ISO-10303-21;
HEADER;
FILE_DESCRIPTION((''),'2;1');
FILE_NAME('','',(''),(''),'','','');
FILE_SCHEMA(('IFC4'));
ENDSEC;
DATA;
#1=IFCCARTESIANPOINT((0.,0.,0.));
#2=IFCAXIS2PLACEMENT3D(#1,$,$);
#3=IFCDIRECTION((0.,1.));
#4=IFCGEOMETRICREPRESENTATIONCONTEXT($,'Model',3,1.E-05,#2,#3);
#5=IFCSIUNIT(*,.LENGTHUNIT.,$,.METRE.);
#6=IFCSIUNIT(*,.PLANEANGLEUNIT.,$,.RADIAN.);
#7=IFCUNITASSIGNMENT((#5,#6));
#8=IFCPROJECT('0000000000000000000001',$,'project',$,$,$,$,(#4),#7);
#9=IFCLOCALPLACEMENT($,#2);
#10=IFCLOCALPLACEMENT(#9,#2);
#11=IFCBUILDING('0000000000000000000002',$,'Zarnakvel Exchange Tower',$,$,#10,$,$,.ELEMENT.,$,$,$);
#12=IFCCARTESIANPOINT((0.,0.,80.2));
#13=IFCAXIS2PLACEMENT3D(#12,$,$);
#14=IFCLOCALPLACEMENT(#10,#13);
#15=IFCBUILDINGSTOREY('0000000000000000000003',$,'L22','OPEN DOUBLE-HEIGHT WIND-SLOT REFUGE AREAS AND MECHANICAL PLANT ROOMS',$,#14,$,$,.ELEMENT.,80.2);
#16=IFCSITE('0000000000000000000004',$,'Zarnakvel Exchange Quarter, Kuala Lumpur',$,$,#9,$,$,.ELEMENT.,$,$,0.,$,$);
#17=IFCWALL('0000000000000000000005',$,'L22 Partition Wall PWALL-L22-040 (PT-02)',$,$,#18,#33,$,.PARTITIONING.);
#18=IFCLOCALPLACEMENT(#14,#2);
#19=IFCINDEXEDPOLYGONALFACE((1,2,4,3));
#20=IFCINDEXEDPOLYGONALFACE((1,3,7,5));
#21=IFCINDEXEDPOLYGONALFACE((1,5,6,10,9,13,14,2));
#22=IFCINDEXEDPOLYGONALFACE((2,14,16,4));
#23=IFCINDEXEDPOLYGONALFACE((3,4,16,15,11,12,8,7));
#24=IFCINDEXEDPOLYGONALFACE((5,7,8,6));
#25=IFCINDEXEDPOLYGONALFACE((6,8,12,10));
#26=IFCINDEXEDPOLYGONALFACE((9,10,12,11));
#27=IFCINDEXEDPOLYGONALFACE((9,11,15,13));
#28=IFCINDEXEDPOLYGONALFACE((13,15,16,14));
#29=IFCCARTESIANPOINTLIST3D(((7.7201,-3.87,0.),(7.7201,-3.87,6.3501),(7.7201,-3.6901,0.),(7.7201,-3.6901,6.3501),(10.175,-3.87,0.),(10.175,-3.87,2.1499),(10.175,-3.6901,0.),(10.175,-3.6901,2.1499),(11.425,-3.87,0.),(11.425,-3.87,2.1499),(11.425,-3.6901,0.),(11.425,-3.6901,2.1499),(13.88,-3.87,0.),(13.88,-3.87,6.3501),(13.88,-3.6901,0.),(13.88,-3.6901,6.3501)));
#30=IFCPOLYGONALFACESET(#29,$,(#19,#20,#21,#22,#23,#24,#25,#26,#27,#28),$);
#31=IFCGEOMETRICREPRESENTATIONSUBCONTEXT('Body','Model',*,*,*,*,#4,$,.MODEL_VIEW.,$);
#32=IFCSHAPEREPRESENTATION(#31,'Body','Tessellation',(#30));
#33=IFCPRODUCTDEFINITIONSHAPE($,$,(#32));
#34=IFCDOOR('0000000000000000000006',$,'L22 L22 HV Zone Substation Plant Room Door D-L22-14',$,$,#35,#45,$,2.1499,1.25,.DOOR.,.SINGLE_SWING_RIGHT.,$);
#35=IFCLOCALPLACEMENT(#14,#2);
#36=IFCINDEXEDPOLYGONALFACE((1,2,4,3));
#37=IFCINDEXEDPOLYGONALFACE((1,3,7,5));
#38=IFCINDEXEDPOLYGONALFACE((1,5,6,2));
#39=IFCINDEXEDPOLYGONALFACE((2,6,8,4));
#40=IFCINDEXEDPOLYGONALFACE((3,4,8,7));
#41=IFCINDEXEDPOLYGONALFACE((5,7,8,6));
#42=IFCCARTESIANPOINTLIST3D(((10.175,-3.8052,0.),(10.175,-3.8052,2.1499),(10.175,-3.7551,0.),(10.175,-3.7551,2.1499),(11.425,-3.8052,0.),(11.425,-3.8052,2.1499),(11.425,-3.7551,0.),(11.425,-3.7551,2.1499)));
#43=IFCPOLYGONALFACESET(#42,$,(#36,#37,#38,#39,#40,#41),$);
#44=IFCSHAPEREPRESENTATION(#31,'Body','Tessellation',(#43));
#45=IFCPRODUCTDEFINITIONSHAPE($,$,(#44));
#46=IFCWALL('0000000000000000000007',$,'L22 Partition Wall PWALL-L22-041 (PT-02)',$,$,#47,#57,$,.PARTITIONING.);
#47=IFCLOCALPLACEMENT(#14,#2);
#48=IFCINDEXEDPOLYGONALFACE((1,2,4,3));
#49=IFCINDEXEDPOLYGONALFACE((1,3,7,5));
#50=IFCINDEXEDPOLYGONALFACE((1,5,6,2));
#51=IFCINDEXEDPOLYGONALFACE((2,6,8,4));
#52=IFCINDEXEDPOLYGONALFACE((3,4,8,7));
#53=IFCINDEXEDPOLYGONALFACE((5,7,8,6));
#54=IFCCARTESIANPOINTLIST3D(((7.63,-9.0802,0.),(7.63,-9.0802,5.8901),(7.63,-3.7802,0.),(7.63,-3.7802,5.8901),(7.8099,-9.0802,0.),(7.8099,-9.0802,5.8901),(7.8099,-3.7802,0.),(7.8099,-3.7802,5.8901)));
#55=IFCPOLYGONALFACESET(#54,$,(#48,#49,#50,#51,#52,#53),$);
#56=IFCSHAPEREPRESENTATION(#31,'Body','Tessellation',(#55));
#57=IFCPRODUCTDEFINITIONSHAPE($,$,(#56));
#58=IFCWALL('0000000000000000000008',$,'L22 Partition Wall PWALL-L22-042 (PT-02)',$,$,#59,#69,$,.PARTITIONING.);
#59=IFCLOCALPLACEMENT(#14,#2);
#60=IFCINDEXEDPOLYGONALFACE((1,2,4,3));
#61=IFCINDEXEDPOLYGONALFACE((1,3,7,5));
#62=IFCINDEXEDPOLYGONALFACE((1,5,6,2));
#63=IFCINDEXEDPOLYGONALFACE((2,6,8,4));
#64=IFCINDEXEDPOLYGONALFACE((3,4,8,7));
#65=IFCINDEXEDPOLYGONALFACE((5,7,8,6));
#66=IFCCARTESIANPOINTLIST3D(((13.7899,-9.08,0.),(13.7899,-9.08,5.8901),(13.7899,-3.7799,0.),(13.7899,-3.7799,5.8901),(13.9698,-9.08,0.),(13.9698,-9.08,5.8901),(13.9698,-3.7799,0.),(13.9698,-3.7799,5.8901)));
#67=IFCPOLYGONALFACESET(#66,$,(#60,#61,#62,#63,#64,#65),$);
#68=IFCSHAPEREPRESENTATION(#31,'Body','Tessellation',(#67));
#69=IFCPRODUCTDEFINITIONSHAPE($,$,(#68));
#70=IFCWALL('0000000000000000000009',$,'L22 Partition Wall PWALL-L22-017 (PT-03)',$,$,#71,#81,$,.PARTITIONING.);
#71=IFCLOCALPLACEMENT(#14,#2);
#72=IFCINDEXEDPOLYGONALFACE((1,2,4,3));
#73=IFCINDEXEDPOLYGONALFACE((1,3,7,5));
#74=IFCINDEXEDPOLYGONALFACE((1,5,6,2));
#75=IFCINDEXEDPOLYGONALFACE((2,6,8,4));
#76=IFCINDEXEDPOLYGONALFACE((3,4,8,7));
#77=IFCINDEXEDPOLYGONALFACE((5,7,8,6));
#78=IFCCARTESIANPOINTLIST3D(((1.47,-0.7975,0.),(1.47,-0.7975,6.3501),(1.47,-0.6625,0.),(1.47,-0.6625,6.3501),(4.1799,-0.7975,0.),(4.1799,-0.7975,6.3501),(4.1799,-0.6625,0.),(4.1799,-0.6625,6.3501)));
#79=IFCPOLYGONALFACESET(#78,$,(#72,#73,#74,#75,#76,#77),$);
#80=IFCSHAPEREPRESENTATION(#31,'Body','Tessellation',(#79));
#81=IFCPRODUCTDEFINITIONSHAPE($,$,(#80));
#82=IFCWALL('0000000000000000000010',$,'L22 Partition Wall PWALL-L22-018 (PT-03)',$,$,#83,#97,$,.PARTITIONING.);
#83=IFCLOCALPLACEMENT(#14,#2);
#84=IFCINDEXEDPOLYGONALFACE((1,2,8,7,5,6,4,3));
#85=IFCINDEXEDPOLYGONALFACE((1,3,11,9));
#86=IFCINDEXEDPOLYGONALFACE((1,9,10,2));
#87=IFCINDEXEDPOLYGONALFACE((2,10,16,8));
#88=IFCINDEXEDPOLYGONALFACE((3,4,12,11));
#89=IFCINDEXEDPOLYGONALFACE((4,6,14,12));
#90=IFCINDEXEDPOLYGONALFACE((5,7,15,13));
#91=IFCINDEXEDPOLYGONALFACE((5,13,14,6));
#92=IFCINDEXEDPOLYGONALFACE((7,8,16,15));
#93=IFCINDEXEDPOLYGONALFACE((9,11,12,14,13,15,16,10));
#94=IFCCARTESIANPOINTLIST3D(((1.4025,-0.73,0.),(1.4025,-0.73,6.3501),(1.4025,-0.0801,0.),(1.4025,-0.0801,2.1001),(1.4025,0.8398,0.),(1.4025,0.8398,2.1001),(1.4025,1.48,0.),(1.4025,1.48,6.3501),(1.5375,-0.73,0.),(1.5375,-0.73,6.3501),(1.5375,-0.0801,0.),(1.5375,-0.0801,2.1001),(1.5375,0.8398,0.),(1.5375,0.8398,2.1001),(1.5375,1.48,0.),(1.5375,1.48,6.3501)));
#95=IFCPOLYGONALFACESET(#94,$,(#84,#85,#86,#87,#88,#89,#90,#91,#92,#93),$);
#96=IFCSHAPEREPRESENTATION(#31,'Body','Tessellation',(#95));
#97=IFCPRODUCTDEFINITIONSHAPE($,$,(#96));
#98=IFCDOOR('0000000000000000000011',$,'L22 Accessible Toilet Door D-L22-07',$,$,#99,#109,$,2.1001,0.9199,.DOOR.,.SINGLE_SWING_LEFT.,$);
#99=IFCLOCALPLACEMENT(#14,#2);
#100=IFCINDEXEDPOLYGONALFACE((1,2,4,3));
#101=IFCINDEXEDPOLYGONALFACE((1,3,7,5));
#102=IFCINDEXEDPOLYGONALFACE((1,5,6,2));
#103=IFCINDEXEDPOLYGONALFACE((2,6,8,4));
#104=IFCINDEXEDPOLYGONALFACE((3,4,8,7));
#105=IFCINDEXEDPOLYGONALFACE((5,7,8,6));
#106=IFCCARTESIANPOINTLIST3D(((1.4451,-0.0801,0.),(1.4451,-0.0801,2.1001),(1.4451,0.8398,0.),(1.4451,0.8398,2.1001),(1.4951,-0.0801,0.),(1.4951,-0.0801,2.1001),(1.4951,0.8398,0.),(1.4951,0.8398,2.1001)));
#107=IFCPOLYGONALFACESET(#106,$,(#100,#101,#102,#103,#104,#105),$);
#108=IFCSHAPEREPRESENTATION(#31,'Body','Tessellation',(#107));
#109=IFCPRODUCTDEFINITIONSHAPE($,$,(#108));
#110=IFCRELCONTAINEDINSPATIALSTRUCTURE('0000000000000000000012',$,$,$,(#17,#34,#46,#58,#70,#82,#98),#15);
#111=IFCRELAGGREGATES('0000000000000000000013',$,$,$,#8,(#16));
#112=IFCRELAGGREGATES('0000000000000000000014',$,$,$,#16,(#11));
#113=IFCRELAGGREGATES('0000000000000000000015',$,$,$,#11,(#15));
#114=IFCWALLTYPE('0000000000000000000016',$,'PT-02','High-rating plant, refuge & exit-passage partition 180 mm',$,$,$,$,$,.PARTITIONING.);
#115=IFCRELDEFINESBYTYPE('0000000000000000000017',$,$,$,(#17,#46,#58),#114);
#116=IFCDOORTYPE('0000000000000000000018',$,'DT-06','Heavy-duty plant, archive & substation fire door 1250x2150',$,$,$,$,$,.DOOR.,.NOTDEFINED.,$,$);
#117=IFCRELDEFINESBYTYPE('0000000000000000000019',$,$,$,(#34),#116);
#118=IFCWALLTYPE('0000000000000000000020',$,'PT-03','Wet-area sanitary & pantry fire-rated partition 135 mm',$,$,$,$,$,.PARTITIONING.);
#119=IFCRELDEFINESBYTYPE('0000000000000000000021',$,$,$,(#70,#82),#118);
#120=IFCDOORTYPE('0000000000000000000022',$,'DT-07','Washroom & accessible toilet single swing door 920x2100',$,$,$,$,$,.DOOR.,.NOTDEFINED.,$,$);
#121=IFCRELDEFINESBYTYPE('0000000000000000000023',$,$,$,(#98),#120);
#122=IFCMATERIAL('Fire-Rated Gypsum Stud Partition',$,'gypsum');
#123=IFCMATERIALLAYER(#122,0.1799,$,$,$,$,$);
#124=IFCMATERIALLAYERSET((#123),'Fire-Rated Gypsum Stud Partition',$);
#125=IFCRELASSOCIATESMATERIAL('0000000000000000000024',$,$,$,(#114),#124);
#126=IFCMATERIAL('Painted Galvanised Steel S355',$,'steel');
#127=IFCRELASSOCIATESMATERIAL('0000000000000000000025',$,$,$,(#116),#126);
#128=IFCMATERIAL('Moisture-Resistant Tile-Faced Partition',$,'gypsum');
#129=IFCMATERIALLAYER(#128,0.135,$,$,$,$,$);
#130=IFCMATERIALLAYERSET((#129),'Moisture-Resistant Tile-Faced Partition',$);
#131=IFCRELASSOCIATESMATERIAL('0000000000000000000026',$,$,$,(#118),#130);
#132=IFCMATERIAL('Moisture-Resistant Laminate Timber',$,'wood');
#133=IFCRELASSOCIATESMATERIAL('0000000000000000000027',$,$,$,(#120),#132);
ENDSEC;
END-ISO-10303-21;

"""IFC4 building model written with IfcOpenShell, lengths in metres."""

from ifc_helpers import new_model, si_unit, direction, frame, frame_2d, origin, place, context, subcontext, project, spatial, rectangle, extrude, source, transform, mapped, material, layer, layer_set, type_object, element, fill, save


model = new_model("IFC4")

# Units and contexts
model_context = context("Model", 3, precision=1e-05, world=origin(), true_north=direction((0.0, 1.0)))
body_context = subcontext(model_context, "Body", "Model", "MODEL_VIEW")
ifc_project = project(units=[si_unit("LENGTHUNIT", "METRE"), si_unit("PLANEANGLEUNIT", "RADIAN")], contexts=[model_context])

# Site, building, storey
site_placement = place(None, origin())
site = spatial("IfcSite", under=ifc_project, at=site_placement, Name="Zarnakvel Exchange Quarter, Kuala Lumpur", CompositionType="ELEMENT", RefElevation=0.0)
building_placement = place(site_placement, origin())
building = spatial("IfcBuilding", under=site, at=building_placement, Name="Zarnakvel Exchange Tower", CompositionType="ELEMENT")
storey_placement = place(building_placement, frame((0.0, 0.0, 80.2)))
storey = spatial("IfcBuildingStorey", under=building, at=storey_placement, Name="L22", Description="OPEN DOUBLE-HEIGHT WIND-SLOT REFUGE AREAS AND MECHANICAL PLANT ROOMS", CompositionType="ELEMENT", Elevation=80.2)

# Shared definitions
ifc_material_1 = material(Name="Painted Galvanised Steel S355", Category="steel")

# Shared definitions
ifc_material_2 = material(Name="Fire-Rated Gypsum Stud Partition", Category="gypsum")

# Shared definitions
ifc_layer_1 = layer(ifc_material_2, 0.1799)
ifc_layer_set_1 = layer_set([ifc_layer_1], Name="Fire-Rated Gypsum Stud Partition")
wall_type_1 = type_object("IfcWallType", Name="PT-02", Description="High-rating plant, refuge & exit-passage partition 180 mm", PredefinedType="PARTITIONING", material=ifc_layer_set_1)

# Shared definitions
door_type_1 = type_object("IfcDoorType", Name="DT-06", Description="Heavy-duty plant, archive & substation fire door 1250x2150", OperationType="NOTDEFINED", PredefinedType="DOOR", material=ifc_material_1)
shared_shape_1 = source(origin(), body_context, "Body", "SweptSolid", [
    extrude(rectangle(XDim=1.25, YDim=2.1499, at=frame_2d((0.625, 1.075))), frame((0.0, 0.0249, 0.0), z_axis=(0.0, -1.0, 0.0), x_axis=(1.0, 0.0, 0.0)), (0.0, 0.0, 1.0), 0.05),
])

# Wall, opening, door
wall_1_placement = place(storey_placement, frame((7.72, -3.78, 0.0), z_axis=(0.0, 0.0, 1.0), x_axis=(1.0, 0.0, 0.0)))
wall_1 = element("IfcWall", 1, at=wall_1_placement, inside=storey, type_object=wall_type_1, Name="L22 Partition Wall PWALL-L22-040 (PT-02)", PredefinedType="PARTITIONING", context=body_context, shape_type="SweptSolid", body=[
    extrude(rectangle(XDim=6.1599, YDim=0.1799, at=frame_2d((3.0801, 0.0))), origin(), (0.0, 0.0, 1.0), 6.3501),
])
opening_1_placement = place(wall_1_placement, frame((2.4551, 0.0, 0.0)))
opening_1 = element("IfcOpeningElement", 2, at=opening_1_placement, cuts=wall_1, PredefinedType="OPENING", context=body_context, shape_type="SweptSolid", body=[
    extrude(rectangle(XDim=1.25, YDim=2.1499, at=frame_2d((0.625, 1.075))), frame((0.0, 0.0999, 0.0), z_axis=(0.0, -1.0, 0.0), x_axis=(1.0, 0.0, 0.0)), (0.0, 0.0, 1.0), 0.2),
])
door_1_placement = place(opening_1_placement, origin())
door_1 = element("IfcDoor", 3, at=door_1_placement, inside=storey, type_object=door_type_1, Name="L22 L22 HV Zone Substation Plant Room Door D-L22-14", OperationType="SINGLE_SWING_RIGHT", OverallHeight=2.1499, OverallWidth=1.25, PredefinedType="DOOR", context=body_context, shape_type="MappedRepresentation", body=[
    mapped(shared_shape_1, transform((0.0, 0.0, 0.0), x_axis=(1.0, 0.0, 0.0), y_axis=(0.0, 1.0, 0.0), z_axis=(0.0, 0.0, 1.0), scale=1.0)),
])
fill(opening_1, door_1)

# Walls
for number, where, z_axis, x_axis, name in (
    (4, (7.72, -9.0801, 0.0), (0.0, 0.0, 1.0), (0.0, 1.0, 0.0), "L22 Partition Wall PWALL-L22-041 (PT-02)"),
    (5, (13.8799, -3.78, 0.0), (0.0, 0.0, 1.0), (0.0, -1.0, 0.0), "L22 Partition Wall PWALL-L22-042 (PT-02)"),
):
    element("IfcWall", number, at=place(storey_placement, frame(where, z_axis=z_axis, x_axis=x_axis)), inside=storey, type_object=wall_type_1, Name=name, PredefinedType="PARTITIONING", context=body_context, shape_type="SweptSolid", body=[
        extrude(rectangle(XDim=5.3, YDim=0.1799, at=frame_2d((2.6499, 0.0))), origin(), (0.0, 0.0, 1.0), 5.8901),
    ])
ifc_material_3 = material(Name="Moisture-Resistant Tile-Faced Partition", Category="gypsum")
ifc_layer_2 = layer(ifc_material_3, 0.135)
ifc_layer_set_2 = layer_set([ifc_layer_2], Name="Moisture-Resistant Tile-Faced Partition")
wall_type_2 = type_object("IfcWallType", Name="PT-03", Description="Wet-area sanitary & pantry fire-rated partition 135 mm", PredefinedType="PARTITIONING", material=ifc_layer_set_2)
wall_2_placement = place(storey_placement, frame((4.1799, -0.73, 0.0), z_axis=(0.0, 0.0, 1.0), x_axis=(-1.0, 0.0, 0.0)))
element("IfcWall", 6, at=wall_2_placement, inside=storey, type_object=wall_type_2, Name="L22 Partition Wall PWALL-L22-017 (PT-03)", PredefinedType="PARTITIONING", context=body_context, shape_type="SweptSolid", body=[
    extrude(rectangle(XDim=2.71, YDim=0.135, at=frame_2d((1.355, 0.0))), origin(), (0.0, 0.0, 1.0), 6.3501),
])

# Wall, opening, door
wall_3_placement = place(storey_placement, frame((1.47, -0.73, 0.0), z_axis=(0.0, 0.0, 1.0), x_axis=(0.0, 1.0, 0.0)))
wall_3 = element("IfcWall", 7, at=wall_3_placement, inside=storey, type_object=wall_type_2, Name="L22 Partition Wall PWALL-L22-018 (PT-03)", PredefinedType="PARTITIONING", context=body_context, shape_type="SweptSolid", body=[
    extrude(rectangle(XDim=2.21, YDim=0.135, at=frame_2d((1.105, 0.0))), origin(), (0.0, 0.0, 1.0), 6.3501),
])
opening_2_placement = place(wall_3_placement, frame((0.6499, 0.0, 0.0)))
opening_2 = element("IfcOpeningElement", 8, at=opening_2_placement, cuts=wall_3, PredefinedType="OPENING", context=body_context, shape_type="SweptSolid", body=[
    extrude(rectangle(XDim=0.9199, YDim=2.1001, at=frame_2d((0.46, 1.05))), frame((0.0, 0.0774, 0.0), z_axis=(0.0, -1.0, 0.0), x_axis=(1.0, 0.0, 0.0)), (0.0, 0.0, 1.0), 0.155),
])
ifc_material_4 = material(Name="Moisture-Resistant Laminate Timber", Category="wood")
door_type_2 = type_object("IfcDoorType", Name="DT-07", Description="Washroom & accessible toilet single swing door 920x2100", OperationType="NOTDEFINED", PredefinedType="DOOR", material=ifc_material_4)
shared_shape_2 = source(origin(), body_context, "Body", "SweptSolid", [
    extrude(rectangle(XDim=0.9199, YDim=2.1001, at=frame_2d((0.46, 1.05))), frame((0.0, 0.0249, 0.0), z_axis=(0.0, -1.0, 0.0), x_axis=(1.0, 0.0, 0.0)), (0.0, 0.0, 1.0), 0.05),
])
door_2_placement = place(opening_2_placement, origin())
door_2 = element("IfcDoor", 9, at=door_2_placement, inside=storey, type_object=door_type_2, Name="L22 Accessible Toilet Door D-L22-07", OperationType="SINGLE_SWING_LEFT", OverallHeight=2.1001, OverallWidth=0.9199, PredefinedType="DOOR", context=body_context, shape_type="MappedRepresentation", body=[
    mapped(shared_shape_2, transform((0.0, 0.0, 0.0), x_axis=(1.0, 0.0, 0.0), y_axis=(0.0, 1.0, 0.0), z_axis=(0.0, 0.0, 1.0), scale=1.0)),
])
fill(opening_2, door_2)

save(model, "model.ifc")
